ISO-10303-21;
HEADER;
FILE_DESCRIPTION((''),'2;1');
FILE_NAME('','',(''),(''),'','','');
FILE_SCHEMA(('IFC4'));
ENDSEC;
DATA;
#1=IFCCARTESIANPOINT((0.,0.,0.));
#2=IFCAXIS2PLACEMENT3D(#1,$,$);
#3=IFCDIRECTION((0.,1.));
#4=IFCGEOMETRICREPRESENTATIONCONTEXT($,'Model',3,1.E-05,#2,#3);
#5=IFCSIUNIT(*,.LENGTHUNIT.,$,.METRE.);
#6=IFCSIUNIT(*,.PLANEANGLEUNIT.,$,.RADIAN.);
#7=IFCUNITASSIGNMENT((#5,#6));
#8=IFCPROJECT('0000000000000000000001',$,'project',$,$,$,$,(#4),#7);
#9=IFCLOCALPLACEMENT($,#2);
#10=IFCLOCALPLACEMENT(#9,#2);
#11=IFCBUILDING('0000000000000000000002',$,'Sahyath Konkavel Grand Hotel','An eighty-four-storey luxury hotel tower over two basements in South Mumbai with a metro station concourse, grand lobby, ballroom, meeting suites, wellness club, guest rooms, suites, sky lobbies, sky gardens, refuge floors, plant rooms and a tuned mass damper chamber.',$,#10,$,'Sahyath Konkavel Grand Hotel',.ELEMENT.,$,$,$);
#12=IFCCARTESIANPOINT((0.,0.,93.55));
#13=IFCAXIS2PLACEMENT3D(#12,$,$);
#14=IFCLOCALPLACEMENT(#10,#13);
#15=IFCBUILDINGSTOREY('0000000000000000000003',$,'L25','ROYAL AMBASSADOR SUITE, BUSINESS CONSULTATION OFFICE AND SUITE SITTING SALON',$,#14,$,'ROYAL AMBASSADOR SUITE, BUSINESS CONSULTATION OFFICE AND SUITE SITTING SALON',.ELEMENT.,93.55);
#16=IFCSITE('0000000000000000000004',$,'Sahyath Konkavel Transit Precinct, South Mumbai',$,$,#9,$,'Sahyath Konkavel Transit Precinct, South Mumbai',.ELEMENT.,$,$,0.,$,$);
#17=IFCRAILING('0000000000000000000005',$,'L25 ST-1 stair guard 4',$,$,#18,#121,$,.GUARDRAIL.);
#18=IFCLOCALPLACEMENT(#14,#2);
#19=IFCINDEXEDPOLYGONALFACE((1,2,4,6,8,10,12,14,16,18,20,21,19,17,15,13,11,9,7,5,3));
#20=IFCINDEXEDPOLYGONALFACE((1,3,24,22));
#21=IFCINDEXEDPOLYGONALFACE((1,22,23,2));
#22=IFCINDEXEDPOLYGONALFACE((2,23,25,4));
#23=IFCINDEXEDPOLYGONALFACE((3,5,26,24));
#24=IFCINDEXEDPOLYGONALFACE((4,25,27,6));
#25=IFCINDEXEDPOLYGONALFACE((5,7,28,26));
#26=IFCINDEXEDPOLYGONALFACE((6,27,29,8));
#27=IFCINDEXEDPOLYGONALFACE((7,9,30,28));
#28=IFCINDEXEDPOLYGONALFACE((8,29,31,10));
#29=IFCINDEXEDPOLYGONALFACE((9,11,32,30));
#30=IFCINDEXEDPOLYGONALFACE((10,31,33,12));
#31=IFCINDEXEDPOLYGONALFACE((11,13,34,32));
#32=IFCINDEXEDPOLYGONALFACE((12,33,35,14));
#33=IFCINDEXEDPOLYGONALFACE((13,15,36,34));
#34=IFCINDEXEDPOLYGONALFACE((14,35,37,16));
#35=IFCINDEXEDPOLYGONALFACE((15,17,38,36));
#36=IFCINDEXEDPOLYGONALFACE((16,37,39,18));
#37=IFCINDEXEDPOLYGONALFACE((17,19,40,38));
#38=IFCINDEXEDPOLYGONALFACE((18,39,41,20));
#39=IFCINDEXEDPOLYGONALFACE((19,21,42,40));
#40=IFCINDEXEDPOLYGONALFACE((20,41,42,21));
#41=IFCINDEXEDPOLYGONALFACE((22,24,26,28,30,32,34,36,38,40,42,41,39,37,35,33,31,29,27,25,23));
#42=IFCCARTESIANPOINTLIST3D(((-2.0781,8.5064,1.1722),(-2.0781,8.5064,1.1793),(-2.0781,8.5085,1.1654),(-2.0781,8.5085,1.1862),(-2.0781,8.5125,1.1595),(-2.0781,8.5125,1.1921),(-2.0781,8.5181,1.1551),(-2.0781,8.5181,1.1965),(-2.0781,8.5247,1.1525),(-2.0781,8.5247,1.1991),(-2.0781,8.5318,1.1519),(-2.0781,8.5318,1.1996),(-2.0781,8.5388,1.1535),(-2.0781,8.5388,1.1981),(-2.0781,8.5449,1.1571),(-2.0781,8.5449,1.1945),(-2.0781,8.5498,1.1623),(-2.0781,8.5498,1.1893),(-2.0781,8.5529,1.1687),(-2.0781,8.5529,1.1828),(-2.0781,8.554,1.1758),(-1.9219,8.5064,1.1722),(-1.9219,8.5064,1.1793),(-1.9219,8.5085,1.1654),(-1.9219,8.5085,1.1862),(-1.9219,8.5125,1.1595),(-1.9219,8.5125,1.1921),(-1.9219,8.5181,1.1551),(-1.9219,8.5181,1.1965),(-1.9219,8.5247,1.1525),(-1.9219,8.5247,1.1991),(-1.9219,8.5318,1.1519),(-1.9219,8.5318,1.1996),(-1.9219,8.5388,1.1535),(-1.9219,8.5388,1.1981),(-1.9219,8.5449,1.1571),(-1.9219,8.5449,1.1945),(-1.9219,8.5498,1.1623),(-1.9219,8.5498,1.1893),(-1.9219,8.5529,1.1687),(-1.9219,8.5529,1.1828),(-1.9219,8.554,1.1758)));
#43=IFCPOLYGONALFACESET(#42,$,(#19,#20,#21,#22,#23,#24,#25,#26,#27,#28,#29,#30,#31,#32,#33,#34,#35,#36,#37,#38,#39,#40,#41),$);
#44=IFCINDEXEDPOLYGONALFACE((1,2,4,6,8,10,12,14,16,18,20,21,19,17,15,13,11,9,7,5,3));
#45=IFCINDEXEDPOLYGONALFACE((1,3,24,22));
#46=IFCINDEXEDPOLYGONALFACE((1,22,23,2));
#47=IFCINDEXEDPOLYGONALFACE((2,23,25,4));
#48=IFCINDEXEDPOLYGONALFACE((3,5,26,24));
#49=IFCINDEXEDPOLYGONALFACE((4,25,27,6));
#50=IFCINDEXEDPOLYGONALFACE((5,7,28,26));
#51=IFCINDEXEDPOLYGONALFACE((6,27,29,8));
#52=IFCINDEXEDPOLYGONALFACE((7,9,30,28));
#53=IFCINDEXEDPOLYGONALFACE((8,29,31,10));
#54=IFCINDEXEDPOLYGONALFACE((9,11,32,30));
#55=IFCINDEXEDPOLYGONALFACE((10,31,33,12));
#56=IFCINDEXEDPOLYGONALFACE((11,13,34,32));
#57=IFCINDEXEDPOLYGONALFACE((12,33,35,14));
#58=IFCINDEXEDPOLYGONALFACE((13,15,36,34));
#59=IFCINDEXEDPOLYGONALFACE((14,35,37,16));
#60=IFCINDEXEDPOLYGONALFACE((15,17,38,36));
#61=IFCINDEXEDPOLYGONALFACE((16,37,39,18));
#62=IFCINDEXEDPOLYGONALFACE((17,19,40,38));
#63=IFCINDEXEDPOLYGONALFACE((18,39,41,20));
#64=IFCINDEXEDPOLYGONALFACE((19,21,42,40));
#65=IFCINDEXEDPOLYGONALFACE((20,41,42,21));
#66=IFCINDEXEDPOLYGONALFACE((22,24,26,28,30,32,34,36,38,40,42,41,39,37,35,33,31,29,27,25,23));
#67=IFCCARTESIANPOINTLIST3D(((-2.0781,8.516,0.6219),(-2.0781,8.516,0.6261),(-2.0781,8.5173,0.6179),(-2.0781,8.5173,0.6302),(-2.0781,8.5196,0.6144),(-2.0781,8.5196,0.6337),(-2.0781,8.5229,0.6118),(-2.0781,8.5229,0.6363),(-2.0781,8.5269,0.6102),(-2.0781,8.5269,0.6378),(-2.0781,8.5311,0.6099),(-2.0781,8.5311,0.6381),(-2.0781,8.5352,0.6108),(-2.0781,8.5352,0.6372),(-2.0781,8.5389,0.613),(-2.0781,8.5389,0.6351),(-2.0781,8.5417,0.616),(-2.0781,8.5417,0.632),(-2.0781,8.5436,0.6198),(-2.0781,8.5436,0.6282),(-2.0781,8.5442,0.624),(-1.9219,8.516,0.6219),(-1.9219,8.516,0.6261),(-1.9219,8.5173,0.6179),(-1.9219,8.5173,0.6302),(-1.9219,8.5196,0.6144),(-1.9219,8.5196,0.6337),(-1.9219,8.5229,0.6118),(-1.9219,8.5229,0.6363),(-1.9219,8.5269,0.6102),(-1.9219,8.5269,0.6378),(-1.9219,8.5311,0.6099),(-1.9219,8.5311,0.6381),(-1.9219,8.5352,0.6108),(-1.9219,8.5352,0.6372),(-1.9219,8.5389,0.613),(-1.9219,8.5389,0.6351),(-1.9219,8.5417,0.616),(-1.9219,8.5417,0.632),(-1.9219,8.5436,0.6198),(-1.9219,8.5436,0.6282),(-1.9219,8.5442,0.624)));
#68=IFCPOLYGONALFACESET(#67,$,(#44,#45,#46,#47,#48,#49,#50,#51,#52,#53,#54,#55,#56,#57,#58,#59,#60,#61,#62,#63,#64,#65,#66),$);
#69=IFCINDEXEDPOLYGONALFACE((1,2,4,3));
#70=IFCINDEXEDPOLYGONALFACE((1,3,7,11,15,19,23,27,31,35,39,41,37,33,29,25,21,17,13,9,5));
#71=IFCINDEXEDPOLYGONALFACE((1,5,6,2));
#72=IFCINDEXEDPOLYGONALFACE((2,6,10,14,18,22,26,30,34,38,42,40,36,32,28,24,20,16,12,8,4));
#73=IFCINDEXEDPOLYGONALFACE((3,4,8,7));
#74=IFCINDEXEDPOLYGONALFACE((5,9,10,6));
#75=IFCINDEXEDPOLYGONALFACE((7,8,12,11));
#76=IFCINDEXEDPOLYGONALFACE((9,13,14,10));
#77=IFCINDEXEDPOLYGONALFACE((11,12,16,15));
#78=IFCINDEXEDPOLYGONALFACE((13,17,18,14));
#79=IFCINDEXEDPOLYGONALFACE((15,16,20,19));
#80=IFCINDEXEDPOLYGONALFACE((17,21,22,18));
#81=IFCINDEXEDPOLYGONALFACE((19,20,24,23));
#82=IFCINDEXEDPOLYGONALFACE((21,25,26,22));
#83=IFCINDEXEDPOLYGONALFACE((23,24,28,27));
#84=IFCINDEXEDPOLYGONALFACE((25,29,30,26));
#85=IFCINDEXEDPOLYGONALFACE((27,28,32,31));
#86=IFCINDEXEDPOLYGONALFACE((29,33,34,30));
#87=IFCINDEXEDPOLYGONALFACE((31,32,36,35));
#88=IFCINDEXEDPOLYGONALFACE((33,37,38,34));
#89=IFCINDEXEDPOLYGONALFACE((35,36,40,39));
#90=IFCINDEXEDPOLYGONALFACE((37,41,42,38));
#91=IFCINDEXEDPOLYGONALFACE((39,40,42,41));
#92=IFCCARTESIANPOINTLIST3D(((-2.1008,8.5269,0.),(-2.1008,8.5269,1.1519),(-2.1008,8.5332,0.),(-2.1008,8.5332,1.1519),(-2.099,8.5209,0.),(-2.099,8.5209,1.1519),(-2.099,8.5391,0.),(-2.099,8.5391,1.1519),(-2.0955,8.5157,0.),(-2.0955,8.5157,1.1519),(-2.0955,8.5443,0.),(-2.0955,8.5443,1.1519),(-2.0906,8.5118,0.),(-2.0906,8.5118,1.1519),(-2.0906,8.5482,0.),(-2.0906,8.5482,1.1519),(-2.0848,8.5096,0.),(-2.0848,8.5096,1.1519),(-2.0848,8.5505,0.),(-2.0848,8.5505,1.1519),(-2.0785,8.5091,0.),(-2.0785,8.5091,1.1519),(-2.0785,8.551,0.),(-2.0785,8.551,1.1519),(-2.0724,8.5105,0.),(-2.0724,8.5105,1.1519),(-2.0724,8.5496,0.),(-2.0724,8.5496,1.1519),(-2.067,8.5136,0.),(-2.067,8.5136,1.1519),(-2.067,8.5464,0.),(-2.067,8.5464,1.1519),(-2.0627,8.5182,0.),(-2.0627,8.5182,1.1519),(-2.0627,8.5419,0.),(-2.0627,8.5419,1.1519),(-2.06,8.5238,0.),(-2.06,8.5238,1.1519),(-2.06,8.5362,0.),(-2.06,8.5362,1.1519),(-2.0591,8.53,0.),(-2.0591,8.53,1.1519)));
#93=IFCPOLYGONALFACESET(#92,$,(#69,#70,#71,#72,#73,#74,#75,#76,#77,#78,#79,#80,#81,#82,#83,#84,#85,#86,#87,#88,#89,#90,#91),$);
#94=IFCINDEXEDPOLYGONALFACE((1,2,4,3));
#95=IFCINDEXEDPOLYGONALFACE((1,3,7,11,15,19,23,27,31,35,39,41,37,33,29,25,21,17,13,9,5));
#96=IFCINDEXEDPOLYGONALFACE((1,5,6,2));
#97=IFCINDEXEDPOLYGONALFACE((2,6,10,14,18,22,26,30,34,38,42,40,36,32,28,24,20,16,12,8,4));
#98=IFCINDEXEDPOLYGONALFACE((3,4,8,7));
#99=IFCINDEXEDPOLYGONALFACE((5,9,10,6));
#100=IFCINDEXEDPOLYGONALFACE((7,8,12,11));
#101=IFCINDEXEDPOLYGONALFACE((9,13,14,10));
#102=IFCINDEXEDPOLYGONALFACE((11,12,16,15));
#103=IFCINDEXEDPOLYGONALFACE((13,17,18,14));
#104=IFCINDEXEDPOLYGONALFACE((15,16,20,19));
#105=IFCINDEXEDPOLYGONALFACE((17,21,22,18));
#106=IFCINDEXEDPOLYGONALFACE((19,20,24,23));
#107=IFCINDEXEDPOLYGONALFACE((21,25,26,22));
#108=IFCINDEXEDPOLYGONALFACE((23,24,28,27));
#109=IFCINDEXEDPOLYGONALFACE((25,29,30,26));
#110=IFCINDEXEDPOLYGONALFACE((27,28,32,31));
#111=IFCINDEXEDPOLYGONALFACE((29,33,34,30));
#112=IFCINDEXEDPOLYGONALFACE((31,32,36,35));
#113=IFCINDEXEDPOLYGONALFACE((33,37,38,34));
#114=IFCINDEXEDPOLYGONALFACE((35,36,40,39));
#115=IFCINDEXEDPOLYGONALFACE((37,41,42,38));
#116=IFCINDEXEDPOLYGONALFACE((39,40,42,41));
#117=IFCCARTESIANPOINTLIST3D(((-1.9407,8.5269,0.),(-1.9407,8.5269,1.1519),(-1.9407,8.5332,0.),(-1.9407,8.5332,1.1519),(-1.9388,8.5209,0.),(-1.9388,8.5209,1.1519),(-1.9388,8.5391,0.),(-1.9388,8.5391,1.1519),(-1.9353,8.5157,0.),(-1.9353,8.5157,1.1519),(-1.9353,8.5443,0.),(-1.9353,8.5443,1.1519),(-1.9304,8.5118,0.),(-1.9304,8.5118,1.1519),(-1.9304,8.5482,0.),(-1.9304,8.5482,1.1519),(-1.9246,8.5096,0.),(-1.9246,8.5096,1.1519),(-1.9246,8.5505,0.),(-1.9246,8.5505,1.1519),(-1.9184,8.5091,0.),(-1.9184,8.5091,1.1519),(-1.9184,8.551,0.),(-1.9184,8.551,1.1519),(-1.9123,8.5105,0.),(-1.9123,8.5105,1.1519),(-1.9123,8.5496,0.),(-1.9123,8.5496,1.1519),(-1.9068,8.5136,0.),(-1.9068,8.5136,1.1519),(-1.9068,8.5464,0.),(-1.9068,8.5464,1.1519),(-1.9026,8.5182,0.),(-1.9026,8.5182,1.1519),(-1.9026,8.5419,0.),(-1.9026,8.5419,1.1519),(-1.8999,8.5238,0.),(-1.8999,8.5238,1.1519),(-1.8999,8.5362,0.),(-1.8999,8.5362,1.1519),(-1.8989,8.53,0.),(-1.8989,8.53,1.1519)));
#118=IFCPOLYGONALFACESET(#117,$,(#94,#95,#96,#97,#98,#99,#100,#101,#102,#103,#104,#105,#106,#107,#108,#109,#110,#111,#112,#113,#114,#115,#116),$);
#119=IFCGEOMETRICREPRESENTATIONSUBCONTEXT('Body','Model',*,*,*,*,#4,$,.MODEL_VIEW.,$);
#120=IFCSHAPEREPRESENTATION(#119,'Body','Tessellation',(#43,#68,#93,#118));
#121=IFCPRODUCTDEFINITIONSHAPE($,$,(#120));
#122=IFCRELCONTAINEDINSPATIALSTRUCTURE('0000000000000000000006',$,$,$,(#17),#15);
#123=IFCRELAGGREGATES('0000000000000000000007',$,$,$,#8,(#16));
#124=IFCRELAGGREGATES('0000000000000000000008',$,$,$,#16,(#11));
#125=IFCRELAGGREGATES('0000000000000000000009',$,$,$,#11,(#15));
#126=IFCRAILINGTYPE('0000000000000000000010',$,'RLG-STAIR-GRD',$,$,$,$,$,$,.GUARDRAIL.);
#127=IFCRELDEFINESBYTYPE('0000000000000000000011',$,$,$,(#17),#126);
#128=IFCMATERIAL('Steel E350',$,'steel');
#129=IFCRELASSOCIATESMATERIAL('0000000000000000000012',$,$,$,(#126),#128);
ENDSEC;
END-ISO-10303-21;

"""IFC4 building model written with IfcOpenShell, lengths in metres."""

from ifc_helpers import new_model, si_unit, direction, frame, origin, origin_2d, place, context, subcontext, project, spatial, circle, extrude, material, type_object, element, save


model = new_model("IFC4")

# Units and contexts
model_context = context("Model", 3, precision=1e-05, world=origin(), true_north=direction((0.0, 1.0)))
body_context = subcontext(model_context, "Body", "Model", "MODEL_VIEW")
ifc_project = project(units=[si_unit("LENGTHUNIT", "METRE"), si_unit("PLANEANGLEUNIT", "RADIAN")], contexts=[model_context])

# Site, building, storey
site_placement = place(None, origin())
site = spatial("IfcSite", under=ifc_project, at=site_placement, Name="Sahyath Konkavel Transit Precinct, South Mumbai", LongName="Sahyath Konkavel Transit Precinct, South Mumbai", CompositionType="ELEMENT", RefElevation=0.0)
building_placement = place(site_placement, origin())
building = spatial("IfcBuilding", under=site, at=building_placement, Name="Sahyath Konkavel Grand Hotel", Description="An eighty-four-storey luxury hotel tower over two basements in South Mumbai with a metro station concourse, grand lobby, ballroom, meeting suites, wellness club, guest rooms, suites, sky lobbies, sky gardens, refuge floors, plant rooms and a tuned mass damper chamber.", LongName="Sahyath Konkavel Grand Hotel", CompositionType="ELEMENT")
storey_placement = place(building_placement, frame((0.0, 0.0, 93.55)))
storey = spatial("IfcBuildingStorey", under=building, at=storey_placement, Name="L25", Description="ROYAL AMBASSADOR SUITE, BUSINESS CONSULTATION OFFICE AND SUITE SITTING SALON", LongName="ROYAL AMBASSADOR SUITE, BUSINESS CONSULTATION OFFICE AND SUITE SITTING SALON", CompositionType="ELEMENT", Elevation=93.55)

# Shared definitions
ifc_material_1 = material(Name="Steel E350", Category="steel")

# Railing
railing_type_1 = type_object("IfcRailingType", Name="RLG-STAIR-GRD", PredefinedType="GUARDRAIL", material=ifc_material_1)
railing_1_placement = place(storey_placement, frame((-2.0801, 8.53, 0.0)))
element("IfcRailing", 1, at=railing_1_placement, inside=storey, type_object=railing_type_1, Name="L25 ST-1 stair guard 4", PredefinedType="GUARDRAIL", context=body_context, shape_type="SweptSolid", body=[
    extrude(circle(Radius=0.0239, at=origin_2d()), frame((0.002, 0.0, 1.1758), z_axis=(1.0, 0.0, 0.0), x_axis=(0.0, 1.0, 0.0)), (0.0, 0.0, 1.0), 0.1562),
    extrude(circle(Radius=0.0142, at=origin_2d()), frame((0.002, 0.0, 0.624), z_axis=(1.0, 0.0, 0.0), x_axis=(0.0, 1.0, 0.0)), (0.0, 0.0, 1.0), 0.1562),
    extrude(circle(Radius=0.021, at=origin_2d()), origin(), (0.0, 0.0, 1.0), 1.1519),
    extrude(circle(Radius=0.021, at=origin_2d()), frame((0.1602, 0.0, 0.0)), (0.0, 0.0, 1.0), 1.1519),
])

save(model, "model.ifc")
